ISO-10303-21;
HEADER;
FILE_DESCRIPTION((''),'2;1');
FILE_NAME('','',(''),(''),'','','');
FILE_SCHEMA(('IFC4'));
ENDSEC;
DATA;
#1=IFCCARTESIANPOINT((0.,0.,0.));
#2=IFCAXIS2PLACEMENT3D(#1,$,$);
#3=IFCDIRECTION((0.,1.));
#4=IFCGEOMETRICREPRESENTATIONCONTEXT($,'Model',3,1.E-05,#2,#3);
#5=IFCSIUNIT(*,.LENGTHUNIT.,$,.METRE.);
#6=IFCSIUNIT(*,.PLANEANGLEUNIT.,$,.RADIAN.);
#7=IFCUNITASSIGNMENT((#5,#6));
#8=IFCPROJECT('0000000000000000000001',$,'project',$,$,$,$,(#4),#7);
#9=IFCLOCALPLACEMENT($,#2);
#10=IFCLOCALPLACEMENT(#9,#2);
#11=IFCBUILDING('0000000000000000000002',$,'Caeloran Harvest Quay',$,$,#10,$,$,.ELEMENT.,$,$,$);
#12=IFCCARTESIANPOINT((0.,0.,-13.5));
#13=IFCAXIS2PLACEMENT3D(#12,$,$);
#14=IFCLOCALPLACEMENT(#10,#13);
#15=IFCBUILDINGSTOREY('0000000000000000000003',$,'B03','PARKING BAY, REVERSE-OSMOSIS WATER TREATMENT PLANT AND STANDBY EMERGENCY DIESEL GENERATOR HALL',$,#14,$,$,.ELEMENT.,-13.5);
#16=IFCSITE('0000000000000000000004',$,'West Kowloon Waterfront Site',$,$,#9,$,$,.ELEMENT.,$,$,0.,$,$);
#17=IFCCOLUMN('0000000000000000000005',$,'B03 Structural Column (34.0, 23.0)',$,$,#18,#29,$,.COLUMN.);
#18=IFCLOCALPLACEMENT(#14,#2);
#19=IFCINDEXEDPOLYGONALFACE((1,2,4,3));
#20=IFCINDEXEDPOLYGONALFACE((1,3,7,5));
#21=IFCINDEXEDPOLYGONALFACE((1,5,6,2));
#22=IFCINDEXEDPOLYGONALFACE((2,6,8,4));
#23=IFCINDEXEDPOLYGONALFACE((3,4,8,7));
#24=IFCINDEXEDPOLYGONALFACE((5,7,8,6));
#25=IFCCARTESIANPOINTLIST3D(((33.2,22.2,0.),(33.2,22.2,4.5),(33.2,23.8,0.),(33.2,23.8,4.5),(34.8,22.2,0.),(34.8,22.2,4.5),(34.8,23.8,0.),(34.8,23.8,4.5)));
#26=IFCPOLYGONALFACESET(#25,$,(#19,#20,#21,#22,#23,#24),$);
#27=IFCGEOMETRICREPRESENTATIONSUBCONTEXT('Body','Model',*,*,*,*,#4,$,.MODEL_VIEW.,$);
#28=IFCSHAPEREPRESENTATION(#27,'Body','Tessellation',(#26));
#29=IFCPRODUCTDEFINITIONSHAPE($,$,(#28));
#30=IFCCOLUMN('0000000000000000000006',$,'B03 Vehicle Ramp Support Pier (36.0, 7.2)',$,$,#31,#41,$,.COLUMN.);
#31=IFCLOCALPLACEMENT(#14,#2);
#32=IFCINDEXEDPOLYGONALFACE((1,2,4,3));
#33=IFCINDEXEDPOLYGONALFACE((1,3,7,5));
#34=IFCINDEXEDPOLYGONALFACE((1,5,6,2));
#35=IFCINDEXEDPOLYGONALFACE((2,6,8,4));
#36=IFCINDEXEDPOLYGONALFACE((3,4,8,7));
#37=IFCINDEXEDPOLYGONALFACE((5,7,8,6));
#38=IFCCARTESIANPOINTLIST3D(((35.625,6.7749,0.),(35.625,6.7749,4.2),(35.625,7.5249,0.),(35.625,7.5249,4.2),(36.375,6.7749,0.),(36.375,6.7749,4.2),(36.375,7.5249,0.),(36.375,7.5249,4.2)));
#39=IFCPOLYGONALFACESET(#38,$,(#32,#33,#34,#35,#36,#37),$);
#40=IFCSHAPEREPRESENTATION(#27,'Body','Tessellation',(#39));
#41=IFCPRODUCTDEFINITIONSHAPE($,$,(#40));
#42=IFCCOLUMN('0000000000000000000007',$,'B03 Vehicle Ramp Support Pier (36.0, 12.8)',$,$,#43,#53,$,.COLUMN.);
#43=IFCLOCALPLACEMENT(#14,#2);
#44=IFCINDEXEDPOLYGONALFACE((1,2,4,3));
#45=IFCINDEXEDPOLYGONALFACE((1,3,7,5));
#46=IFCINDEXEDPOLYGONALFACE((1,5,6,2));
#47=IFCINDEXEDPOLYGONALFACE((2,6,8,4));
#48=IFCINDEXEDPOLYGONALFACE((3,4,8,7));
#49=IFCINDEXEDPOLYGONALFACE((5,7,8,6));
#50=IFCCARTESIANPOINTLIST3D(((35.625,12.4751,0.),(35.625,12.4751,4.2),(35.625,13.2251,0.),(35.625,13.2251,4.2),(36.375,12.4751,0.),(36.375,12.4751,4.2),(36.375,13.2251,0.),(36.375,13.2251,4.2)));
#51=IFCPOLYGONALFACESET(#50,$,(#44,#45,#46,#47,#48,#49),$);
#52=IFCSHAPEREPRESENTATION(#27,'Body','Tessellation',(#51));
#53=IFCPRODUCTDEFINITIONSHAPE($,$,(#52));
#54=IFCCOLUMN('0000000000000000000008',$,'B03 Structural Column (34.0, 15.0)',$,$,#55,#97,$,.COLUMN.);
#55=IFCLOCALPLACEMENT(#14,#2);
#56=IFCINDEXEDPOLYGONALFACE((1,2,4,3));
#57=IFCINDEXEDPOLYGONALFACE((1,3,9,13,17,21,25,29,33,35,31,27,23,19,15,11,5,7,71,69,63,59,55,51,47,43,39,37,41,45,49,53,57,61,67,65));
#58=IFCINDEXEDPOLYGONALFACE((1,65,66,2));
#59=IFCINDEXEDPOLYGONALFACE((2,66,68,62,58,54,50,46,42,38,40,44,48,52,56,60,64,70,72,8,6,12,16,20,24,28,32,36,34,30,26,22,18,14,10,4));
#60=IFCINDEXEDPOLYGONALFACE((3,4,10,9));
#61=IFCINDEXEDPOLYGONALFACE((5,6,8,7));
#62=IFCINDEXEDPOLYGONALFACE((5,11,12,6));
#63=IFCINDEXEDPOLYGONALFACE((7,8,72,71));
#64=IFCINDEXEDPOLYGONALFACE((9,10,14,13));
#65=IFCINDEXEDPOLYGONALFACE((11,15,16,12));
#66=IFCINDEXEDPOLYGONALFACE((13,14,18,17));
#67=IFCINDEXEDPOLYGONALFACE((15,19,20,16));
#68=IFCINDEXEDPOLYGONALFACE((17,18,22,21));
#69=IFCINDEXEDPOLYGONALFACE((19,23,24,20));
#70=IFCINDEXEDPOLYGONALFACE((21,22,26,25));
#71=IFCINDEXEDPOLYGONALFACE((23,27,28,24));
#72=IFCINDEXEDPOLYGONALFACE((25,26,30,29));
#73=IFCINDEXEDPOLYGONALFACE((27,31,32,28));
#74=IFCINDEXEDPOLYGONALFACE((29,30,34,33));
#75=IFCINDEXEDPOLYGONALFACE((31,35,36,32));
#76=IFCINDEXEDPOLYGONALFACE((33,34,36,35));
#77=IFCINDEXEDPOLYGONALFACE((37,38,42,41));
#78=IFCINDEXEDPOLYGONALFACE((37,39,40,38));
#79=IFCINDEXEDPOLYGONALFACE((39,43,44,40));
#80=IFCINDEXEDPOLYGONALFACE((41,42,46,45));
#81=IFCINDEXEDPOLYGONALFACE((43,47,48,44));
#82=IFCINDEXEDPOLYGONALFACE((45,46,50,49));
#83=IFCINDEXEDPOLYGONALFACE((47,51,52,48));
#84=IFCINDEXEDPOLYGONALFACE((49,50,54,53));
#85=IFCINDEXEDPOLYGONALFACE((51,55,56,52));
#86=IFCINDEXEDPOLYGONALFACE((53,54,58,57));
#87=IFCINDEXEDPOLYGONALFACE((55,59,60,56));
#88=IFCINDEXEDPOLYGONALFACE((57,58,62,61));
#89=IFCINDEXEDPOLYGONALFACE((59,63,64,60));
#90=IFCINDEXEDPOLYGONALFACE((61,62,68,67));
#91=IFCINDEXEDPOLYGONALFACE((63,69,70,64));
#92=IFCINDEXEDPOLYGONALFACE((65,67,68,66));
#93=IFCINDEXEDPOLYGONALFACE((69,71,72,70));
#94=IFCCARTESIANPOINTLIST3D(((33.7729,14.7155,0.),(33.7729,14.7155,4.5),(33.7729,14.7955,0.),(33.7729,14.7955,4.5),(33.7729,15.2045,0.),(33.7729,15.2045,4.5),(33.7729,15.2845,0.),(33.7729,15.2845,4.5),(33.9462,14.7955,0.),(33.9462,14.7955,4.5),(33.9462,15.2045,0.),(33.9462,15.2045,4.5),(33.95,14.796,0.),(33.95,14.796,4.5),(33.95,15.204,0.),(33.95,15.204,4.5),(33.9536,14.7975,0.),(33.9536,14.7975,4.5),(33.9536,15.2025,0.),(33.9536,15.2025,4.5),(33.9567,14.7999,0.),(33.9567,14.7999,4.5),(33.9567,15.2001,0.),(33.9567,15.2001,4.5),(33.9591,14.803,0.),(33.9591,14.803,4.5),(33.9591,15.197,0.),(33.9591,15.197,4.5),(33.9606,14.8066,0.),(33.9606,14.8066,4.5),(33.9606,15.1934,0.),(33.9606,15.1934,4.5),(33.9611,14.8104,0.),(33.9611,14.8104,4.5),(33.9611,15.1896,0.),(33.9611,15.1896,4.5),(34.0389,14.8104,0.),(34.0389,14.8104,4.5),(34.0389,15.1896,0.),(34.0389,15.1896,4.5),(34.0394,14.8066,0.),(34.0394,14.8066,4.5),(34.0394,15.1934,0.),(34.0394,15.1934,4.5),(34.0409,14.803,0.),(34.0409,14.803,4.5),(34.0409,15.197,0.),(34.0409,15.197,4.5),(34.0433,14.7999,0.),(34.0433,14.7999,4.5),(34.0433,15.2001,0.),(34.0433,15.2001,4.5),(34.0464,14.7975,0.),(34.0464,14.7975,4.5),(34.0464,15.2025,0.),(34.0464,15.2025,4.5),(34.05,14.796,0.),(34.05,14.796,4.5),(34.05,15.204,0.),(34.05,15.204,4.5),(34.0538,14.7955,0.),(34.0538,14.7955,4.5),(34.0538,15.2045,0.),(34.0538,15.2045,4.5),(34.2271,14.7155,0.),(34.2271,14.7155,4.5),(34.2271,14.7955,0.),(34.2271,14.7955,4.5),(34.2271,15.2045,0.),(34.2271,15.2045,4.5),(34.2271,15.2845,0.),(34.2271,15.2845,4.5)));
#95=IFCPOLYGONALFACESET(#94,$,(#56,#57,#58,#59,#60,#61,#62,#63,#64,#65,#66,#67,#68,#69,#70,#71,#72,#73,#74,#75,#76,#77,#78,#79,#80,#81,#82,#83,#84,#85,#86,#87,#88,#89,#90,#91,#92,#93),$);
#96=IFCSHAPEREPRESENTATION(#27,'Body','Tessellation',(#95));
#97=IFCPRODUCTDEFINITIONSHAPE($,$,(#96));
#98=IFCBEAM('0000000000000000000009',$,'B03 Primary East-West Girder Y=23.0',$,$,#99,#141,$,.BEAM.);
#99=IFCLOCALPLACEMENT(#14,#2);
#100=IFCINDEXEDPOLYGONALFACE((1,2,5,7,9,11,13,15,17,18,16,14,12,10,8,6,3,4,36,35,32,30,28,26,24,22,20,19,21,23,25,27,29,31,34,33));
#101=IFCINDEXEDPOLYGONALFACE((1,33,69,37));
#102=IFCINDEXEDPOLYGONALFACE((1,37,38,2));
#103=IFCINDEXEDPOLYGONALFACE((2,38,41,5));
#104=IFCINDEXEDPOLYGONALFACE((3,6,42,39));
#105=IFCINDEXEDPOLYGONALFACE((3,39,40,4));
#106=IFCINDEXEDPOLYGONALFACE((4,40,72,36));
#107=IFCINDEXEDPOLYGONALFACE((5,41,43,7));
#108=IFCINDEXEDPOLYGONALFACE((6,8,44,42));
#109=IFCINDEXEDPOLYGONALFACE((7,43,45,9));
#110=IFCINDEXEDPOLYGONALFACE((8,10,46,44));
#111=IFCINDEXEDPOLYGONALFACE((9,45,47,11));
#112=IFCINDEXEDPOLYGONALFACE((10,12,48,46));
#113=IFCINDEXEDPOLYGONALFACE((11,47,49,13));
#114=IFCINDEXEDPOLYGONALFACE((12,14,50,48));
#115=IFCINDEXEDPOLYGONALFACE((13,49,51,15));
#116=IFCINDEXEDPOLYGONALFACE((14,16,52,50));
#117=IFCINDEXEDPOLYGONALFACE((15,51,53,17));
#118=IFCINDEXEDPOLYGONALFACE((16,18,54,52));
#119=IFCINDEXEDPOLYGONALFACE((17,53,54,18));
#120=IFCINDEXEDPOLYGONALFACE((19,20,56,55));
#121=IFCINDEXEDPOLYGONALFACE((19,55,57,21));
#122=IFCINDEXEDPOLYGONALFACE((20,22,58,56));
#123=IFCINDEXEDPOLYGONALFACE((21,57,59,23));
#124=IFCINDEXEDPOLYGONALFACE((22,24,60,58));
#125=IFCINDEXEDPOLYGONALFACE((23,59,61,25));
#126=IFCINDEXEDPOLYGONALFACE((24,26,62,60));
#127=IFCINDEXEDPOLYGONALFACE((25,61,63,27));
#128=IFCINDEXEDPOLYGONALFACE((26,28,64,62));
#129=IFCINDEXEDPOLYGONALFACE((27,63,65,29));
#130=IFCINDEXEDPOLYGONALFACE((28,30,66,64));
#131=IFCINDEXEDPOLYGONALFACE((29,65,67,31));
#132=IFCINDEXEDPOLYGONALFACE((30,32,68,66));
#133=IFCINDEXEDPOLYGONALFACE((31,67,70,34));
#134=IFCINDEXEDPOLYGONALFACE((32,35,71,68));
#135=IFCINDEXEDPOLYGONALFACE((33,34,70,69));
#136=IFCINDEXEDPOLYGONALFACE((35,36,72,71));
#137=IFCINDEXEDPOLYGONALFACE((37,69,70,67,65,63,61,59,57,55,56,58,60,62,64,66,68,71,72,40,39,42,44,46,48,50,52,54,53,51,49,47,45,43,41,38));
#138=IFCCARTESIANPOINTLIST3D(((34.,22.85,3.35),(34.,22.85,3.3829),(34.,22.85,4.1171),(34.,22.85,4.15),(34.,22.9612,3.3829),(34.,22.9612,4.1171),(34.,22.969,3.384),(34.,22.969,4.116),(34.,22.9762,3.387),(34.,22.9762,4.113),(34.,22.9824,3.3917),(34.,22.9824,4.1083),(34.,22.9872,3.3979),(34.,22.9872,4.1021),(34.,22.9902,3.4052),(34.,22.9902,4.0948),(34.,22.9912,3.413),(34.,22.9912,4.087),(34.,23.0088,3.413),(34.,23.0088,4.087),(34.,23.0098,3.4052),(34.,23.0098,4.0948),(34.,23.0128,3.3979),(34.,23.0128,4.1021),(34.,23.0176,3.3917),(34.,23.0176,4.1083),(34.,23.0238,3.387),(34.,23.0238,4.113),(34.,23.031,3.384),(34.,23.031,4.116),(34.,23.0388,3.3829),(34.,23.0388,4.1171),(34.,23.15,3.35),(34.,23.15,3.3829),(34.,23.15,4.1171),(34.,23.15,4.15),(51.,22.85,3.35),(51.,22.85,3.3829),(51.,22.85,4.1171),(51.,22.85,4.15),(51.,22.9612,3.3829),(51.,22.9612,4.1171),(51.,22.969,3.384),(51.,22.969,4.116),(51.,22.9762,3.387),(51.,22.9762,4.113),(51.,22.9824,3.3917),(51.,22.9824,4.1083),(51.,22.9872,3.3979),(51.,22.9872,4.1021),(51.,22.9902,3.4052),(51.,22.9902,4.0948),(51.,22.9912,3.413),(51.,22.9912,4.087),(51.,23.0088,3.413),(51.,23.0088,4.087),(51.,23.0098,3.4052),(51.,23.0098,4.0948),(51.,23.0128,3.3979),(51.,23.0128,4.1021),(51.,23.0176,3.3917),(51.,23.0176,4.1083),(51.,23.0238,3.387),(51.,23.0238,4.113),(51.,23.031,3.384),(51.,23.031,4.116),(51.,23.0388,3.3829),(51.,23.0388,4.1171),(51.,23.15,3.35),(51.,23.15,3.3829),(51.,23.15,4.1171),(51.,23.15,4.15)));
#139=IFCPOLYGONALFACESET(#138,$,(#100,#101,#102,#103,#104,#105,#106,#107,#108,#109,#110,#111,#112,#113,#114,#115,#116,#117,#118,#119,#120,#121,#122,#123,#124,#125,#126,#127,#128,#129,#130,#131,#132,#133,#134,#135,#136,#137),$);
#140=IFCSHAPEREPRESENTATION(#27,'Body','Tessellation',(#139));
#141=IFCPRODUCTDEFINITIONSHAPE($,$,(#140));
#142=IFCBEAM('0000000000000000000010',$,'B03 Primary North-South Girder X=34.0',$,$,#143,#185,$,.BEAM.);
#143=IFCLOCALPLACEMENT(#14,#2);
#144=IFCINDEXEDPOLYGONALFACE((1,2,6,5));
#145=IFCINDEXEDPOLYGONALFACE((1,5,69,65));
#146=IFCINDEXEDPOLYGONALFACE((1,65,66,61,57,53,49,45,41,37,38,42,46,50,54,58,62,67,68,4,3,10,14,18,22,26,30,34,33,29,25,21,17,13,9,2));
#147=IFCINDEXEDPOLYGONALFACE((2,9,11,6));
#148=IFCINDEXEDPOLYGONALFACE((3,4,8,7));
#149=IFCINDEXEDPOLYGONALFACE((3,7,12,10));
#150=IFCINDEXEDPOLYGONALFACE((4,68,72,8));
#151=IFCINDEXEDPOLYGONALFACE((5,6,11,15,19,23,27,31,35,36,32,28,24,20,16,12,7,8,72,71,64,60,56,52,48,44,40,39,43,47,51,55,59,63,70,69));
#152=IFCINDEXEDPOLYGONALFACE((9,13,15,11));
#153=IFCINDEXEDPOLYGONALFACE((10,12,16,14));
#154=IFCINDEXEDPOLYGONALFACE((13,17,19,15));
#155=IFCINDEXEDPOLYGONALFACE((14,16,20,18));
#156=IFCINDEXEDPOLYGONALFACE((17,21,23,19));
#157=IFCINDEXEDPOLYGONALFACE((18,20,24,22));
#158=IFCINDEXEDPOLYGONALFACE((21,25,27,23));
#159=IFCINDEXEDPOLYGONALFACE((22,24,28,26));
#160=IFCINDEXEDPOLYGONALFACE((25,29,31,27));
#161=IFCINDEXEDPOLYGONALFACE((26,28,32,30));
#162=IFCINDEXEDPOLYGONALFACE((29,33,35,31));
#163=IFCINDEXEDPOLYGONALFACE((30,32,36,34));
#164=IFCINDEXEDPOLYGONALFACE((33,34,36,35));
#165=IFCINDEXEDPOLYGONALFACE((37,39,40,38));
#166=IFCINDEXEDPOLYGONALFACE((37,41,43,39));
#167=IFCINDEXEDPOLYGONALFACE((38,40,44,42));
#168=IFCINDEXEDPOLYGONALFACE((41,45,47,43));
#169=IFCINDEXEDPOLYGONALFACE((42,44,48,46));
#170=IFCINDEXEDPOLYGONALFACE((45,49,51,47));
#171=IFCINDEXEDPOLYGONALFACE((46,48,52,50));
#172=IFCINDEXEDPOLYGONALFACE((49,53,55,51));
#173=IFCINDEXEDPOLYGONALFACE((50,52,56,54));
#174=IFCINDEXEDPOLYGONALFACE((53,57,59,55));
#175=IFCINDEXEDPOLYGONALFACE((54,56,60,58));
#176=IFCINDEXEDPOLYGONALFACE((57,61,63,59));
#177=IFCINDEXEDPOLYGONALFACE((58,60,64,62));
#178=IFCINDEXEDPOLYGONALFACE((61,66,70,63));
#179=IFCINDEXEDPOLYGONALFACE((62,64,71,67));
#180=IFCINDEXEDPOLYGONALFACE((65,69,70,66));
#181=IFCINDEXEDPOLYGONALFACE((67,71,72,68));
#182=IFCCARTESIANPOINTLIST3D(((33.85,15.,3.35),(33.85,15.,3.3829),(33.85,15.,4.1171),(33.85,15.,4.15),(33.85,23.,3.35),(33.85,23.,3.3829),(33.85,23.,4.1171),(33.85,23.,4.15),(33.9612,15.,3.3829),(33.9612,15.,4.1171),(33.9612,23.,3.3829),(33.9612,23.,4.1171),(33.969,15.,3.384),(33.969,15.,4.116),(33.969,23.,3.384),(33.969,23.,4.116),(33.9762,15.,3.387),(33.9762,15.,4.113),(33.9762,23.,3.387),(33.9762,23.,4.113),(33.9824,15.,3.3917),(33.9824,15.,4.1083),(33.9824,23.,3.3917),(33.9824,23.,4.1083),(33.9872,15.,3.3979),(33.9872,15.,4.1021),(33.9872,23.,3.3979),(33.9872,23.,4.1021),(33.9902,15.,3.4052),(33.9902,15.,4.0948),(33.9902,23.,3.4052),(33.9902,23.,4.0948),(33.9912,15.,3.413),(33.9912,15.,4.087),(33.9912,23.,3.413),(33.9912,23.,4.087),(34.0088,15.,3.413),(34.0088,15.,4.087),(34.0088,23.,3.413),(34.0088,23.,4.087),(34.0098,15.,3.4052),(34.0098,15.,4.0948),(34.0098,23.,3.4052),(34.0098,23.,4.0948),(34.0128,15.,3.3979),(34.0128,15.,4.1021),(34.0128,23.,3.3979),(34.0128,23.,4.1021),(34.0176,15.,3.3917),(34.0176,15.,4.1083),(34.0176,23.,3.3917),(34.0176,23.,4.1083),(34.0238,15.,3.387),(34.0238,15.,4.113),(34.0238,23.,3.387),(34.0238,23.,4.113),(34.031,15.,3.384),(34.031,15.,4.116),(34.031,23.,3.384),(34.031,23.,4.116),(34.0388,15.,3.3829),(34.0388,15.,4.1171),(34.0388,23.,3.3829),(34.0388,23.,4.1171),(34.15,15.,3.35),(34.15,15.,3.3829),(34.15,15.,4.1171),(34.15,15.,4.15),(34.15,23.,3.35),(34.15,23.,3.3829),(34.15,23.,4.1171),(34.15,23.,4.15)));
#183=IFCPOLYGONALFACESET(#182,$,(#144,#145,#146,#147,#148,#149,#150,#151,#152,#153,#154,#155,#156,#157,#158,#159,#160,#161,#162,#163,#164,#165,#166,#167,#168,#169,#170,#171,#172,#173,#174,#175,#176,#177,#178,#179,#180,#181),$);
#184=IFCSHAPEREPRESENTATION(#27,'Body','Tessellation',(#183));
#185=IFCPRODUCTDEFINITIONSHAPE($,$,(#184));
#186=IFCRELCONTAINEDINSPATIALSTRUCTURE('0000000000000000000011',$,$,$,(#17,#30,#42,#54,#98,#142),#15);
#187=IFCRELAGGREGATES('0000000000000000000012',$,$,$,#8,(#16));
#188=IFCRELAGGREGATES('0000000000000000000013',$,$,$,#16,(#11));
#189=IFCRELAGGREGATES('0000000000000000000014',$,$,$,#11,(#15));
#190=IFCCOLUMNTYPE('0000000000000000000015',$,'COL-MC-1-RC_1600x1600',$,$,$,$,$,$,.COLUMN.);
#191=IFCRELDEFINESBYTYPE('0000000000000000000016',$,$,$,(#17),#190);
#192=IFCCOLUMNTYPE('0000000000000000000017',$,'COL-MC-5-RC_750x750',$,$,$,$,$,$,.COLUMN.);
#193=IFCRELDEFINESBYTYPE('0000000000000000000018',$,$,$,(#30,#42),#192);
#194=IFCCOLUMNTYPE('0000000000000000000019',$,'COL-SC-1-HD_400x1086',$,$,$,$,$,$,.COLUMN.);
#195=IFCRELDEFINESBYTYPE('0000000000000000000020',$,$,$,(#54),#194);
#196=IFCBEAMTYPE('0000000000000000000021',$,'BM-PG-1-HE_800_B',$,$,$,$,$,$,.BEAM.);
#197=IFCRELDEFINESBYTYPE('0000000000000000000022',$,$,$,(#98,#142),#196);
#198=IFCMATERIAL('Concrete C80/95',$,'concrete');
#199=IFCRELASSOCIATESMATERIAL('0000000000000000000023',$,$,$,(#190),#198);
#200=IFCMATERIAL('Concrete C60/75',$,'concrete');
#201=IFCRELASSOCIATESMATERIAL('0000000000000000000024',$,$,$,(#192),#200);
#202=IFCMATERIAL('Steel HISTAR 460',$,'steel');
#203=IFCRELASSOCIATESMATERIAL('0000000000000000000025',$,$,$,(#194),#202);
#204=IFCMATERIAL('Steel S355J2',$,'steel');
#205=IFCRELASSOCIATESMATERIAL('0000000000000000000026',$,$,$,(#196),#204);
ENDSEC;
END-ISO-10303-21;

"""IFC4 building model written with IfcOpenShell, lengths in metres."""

from ifc_helpers import new_model, si_unit, direction, frame, origin, origin_2d, place, context, subcontext, project, spatial, rectangle, i_section, extrude, material, material_profile, profile_set, type_object, element, save


model = new_model("IFC4")

# Units and contexts
model_context = context("Model", 3, precision=1e-05, world=origin(), true_north=direction((0.0, 1.0)))
body_context = subcontext(model_context, "Body", "Model", "MODEL_VIEW")
ifc_project = project(units=[si_unit("LENGTHUNIT", "METRE"), si_unit("PLANEANGLEUNIT", "RADIAN")], contexts=[model_context])

# Site, building, storey
site_placement = place(None, origin())
site = spatial("IfcSite", under=ifc_project, at=site_placement, Name="West Kowloon Waterfront Site", CompositionType="ELEMENT", RefElevation=0.0)
building_placement = place(site_placement, origin())
building = spatial("IfcBuilding", under=site, at=building_placement, Name="Caeloran Harvest Quay", CompositionType="ELEMENT")
storey_placement = place(building_placement, frame((0.0, 0.0, -13.5)))
storey = spatial("IfcBuildingStorey", under=building, at=storey_placement, Name="B03", Description="PARKING BAY, REVERSE-OSMOSIS WATER TREATMENT PLANT AND STANDBY EMERGENCY DIESEL GENERATOR HALL", CompositionType="ELEMENT", Elevation=-13.5)

# Columns
ifc_material_1 = material(Name="Concrete C80/95", Category="concrete")
ifc_material_profile_1 = material_profile(ifc_material_1, rectangle(XDim=1.6001, YDim=1.6001, at=origin_2d()), Name="RC 1600x1600")
ifc_profile_set_1 = profile_set([ifc_material_profile_1], Name="Concrete C80/95")
column_type_1 = type_object("IfcColumnType", Name="COL-MC-1-RC_1600x1600", PredefinedType="COLUMN", material=ifc_profile_set_1)
column_1_placement = place(storey_placement, frame((34.0, 23.0, 0.0), z_axis=(0.0, 0.0, 1.0), x_axis=(1.0, 0.0, 0.0)))
element("IfcColumn", 1, at=column_1_placement, inside=storey, type_object=column_type_1, Name="B03 Structural Column (34.0, 23.0)", PredefinedType="COLUMN", context=body_context, shape_type="SweptSolid", body=[
    extrude(rectangle(XDim=1.6001, YDim=1.6001, at=origin_2d()), origin(), (0.0, 0.0, 1.0), 4.5),
])
ifc_material_2 = material(Name="Concrete C60/75", Category="concrete")
ifc_material_profile_2 = material_profile(ifc_material_2, rectangle(XDim=0.75, YDim=0.75, at=origin_2d()), Name="RC 750x750")
ifc_profile_set_2 = profile_set([ifc_material_profile_2], Name="Concrete C60/75")
column_type_2 = type_object("IfcColumnType", Name="COL-MC-5-RC_750x750", PredefinedType="COLUMN", material=ifc_profile_set_2)
for number, where, z_axis, x_axis, name in (
    (2, (36.0, 7.1499, 0.0), (0.0, 0.0, 1.0), (1.0, 0.0, 0.0), "B03 Vehicle Ramp Support Pier (36.0, 7.2)"),
    (3, (36.0, 12.8501, 0.0), (0.0, 0.0, 1.0), (1.0, 0.0, 0.0), "B03 Vehicle Ramp Support Pier (36.0, 12.8)"),
):
    element("IfcColumn", number, at=place(storey_placement, frame(where, z_axis=z_axis, x_axis=x_axis)), inside=storey, type_object=column_type_2, Name=name, PredefinedType="COLUMN", context=body_context, shape_type="SweptSolid", body=[
        extrude(rectangle(XDim=0.75, YDim=0.75, at=origin_2d()), origin(), (0.0, 0.0, 1.0), 4.2),
    ])
ifc_material_3 = material(Name="Steel HISTAR 460", Category="steel")
ifc_material_profile_3 = material_profile(ifc_material_3, i_section(OverallWidth=0.4541, OverallDepth=0.5691, WebThickness=0.0779, FlangeThickness=0.0801, FilletRadius=0.0149, at=origin_2d()), Name="HD 400x1086")
ifc_profile_set_3 = profile_set([ifc_material_profile_3], Name="Steel HISTAR 460")
column_type_3 = type_object("IfcColumnType", Name="COL-SC-1-HD_400x1086", PredefinedType="COLUMN", material=ifc_profile_set_3)
column_2_placement = place(storey_placement, frame((34.0, 15.0, 0.0), z_axis=(0.0, 0.0, 1.0), x_axis=(1.0, 0.0, 0.0)))
element("IfcColumn", 4, at=column_2_placement, inside=storey, type_object=column_type_3, Name="B03 Structural Column (34.0, 15.0)", PredefinedType="COLUMN", context=body_context, shape_type="SweptSolid", body=[
    extrude(i_section(OverallWidth=0.4541, OverallDepth=0.5691, WebThickness=0.0779, FlangeThickness=0.0801, FilletRadius=0.0149, at=origin_2d()), origin(), (0.0, 0.0, 1.0), 4.5),
])

# Beams
ifc_material_4 = material(Name="Steel S355J2", Category="steel")
ifc_material_profile_4 = material_profile(ifc_material_4, i_section(OverallWidth=0.3, OverallDepth=0.8, WebThickness=0.0176, FlangeThickness=0.033, FilletRadius=0.03, at=origin_2d()), Name="HE 800 B")
ifc_profile_set_4 = profile_set([ifc_material_profile_4], Name="Steel S355J2")
beam_type_1 = type_object("IfcBeamType", Name="BM-PG-1-HE_800_B", PredefinedType="BEAM", material=ifc_profile_set_4)
beam_1_placement = place(storey_placement, frame((34.0, 23.0, 3.75), z_axis=(1.0, 0.0, 0.0), x_axis=(0.0, 1.0, 0.0)))
element("IfcBeam", 5, at=beam_1_placement, inside=storey, type_object=beam_type_1, Name="B03 Primary East-West Girder Y=23.0", PredefinedType="BEAM", context=body_context, shape_type="SweptSolid", body=[
    extrude(i_section(OverallWidth=0.3, OverallDepth=0.8, WebThickness=0.0176, FlangeThickness=0.033, FilletRadius=0.03, at=origin_2d()), origin(), (0.0, 0.0, 1.0), 17.0),
])
beam_2_placement = place(storey_placement, frame((34.0, 15.0, 3.75), z_axis=(0.0, 1.0, 0.0), x_axis=(-1.0, 0.0, 0.0)))
element("IfcBeam", 6, at=beam_2_placement, inside=storey, type_object=beam_type_1, Name="B03 Primary North-South Girder X=34.0", PredefinedType="BEAM", context=body_context, shape_type="SweptSolid", body=[
    extrude(i_section(OverallWidth=0.3, OverallDepth=0.8, WebThickness=0.0176, FlangeThickness=0.033, FilletRadius=0.03, at=origin_2d()), origin(), (0.0, 0.0, 1.0), 8.0),
])

save(model, "model.ifc")
